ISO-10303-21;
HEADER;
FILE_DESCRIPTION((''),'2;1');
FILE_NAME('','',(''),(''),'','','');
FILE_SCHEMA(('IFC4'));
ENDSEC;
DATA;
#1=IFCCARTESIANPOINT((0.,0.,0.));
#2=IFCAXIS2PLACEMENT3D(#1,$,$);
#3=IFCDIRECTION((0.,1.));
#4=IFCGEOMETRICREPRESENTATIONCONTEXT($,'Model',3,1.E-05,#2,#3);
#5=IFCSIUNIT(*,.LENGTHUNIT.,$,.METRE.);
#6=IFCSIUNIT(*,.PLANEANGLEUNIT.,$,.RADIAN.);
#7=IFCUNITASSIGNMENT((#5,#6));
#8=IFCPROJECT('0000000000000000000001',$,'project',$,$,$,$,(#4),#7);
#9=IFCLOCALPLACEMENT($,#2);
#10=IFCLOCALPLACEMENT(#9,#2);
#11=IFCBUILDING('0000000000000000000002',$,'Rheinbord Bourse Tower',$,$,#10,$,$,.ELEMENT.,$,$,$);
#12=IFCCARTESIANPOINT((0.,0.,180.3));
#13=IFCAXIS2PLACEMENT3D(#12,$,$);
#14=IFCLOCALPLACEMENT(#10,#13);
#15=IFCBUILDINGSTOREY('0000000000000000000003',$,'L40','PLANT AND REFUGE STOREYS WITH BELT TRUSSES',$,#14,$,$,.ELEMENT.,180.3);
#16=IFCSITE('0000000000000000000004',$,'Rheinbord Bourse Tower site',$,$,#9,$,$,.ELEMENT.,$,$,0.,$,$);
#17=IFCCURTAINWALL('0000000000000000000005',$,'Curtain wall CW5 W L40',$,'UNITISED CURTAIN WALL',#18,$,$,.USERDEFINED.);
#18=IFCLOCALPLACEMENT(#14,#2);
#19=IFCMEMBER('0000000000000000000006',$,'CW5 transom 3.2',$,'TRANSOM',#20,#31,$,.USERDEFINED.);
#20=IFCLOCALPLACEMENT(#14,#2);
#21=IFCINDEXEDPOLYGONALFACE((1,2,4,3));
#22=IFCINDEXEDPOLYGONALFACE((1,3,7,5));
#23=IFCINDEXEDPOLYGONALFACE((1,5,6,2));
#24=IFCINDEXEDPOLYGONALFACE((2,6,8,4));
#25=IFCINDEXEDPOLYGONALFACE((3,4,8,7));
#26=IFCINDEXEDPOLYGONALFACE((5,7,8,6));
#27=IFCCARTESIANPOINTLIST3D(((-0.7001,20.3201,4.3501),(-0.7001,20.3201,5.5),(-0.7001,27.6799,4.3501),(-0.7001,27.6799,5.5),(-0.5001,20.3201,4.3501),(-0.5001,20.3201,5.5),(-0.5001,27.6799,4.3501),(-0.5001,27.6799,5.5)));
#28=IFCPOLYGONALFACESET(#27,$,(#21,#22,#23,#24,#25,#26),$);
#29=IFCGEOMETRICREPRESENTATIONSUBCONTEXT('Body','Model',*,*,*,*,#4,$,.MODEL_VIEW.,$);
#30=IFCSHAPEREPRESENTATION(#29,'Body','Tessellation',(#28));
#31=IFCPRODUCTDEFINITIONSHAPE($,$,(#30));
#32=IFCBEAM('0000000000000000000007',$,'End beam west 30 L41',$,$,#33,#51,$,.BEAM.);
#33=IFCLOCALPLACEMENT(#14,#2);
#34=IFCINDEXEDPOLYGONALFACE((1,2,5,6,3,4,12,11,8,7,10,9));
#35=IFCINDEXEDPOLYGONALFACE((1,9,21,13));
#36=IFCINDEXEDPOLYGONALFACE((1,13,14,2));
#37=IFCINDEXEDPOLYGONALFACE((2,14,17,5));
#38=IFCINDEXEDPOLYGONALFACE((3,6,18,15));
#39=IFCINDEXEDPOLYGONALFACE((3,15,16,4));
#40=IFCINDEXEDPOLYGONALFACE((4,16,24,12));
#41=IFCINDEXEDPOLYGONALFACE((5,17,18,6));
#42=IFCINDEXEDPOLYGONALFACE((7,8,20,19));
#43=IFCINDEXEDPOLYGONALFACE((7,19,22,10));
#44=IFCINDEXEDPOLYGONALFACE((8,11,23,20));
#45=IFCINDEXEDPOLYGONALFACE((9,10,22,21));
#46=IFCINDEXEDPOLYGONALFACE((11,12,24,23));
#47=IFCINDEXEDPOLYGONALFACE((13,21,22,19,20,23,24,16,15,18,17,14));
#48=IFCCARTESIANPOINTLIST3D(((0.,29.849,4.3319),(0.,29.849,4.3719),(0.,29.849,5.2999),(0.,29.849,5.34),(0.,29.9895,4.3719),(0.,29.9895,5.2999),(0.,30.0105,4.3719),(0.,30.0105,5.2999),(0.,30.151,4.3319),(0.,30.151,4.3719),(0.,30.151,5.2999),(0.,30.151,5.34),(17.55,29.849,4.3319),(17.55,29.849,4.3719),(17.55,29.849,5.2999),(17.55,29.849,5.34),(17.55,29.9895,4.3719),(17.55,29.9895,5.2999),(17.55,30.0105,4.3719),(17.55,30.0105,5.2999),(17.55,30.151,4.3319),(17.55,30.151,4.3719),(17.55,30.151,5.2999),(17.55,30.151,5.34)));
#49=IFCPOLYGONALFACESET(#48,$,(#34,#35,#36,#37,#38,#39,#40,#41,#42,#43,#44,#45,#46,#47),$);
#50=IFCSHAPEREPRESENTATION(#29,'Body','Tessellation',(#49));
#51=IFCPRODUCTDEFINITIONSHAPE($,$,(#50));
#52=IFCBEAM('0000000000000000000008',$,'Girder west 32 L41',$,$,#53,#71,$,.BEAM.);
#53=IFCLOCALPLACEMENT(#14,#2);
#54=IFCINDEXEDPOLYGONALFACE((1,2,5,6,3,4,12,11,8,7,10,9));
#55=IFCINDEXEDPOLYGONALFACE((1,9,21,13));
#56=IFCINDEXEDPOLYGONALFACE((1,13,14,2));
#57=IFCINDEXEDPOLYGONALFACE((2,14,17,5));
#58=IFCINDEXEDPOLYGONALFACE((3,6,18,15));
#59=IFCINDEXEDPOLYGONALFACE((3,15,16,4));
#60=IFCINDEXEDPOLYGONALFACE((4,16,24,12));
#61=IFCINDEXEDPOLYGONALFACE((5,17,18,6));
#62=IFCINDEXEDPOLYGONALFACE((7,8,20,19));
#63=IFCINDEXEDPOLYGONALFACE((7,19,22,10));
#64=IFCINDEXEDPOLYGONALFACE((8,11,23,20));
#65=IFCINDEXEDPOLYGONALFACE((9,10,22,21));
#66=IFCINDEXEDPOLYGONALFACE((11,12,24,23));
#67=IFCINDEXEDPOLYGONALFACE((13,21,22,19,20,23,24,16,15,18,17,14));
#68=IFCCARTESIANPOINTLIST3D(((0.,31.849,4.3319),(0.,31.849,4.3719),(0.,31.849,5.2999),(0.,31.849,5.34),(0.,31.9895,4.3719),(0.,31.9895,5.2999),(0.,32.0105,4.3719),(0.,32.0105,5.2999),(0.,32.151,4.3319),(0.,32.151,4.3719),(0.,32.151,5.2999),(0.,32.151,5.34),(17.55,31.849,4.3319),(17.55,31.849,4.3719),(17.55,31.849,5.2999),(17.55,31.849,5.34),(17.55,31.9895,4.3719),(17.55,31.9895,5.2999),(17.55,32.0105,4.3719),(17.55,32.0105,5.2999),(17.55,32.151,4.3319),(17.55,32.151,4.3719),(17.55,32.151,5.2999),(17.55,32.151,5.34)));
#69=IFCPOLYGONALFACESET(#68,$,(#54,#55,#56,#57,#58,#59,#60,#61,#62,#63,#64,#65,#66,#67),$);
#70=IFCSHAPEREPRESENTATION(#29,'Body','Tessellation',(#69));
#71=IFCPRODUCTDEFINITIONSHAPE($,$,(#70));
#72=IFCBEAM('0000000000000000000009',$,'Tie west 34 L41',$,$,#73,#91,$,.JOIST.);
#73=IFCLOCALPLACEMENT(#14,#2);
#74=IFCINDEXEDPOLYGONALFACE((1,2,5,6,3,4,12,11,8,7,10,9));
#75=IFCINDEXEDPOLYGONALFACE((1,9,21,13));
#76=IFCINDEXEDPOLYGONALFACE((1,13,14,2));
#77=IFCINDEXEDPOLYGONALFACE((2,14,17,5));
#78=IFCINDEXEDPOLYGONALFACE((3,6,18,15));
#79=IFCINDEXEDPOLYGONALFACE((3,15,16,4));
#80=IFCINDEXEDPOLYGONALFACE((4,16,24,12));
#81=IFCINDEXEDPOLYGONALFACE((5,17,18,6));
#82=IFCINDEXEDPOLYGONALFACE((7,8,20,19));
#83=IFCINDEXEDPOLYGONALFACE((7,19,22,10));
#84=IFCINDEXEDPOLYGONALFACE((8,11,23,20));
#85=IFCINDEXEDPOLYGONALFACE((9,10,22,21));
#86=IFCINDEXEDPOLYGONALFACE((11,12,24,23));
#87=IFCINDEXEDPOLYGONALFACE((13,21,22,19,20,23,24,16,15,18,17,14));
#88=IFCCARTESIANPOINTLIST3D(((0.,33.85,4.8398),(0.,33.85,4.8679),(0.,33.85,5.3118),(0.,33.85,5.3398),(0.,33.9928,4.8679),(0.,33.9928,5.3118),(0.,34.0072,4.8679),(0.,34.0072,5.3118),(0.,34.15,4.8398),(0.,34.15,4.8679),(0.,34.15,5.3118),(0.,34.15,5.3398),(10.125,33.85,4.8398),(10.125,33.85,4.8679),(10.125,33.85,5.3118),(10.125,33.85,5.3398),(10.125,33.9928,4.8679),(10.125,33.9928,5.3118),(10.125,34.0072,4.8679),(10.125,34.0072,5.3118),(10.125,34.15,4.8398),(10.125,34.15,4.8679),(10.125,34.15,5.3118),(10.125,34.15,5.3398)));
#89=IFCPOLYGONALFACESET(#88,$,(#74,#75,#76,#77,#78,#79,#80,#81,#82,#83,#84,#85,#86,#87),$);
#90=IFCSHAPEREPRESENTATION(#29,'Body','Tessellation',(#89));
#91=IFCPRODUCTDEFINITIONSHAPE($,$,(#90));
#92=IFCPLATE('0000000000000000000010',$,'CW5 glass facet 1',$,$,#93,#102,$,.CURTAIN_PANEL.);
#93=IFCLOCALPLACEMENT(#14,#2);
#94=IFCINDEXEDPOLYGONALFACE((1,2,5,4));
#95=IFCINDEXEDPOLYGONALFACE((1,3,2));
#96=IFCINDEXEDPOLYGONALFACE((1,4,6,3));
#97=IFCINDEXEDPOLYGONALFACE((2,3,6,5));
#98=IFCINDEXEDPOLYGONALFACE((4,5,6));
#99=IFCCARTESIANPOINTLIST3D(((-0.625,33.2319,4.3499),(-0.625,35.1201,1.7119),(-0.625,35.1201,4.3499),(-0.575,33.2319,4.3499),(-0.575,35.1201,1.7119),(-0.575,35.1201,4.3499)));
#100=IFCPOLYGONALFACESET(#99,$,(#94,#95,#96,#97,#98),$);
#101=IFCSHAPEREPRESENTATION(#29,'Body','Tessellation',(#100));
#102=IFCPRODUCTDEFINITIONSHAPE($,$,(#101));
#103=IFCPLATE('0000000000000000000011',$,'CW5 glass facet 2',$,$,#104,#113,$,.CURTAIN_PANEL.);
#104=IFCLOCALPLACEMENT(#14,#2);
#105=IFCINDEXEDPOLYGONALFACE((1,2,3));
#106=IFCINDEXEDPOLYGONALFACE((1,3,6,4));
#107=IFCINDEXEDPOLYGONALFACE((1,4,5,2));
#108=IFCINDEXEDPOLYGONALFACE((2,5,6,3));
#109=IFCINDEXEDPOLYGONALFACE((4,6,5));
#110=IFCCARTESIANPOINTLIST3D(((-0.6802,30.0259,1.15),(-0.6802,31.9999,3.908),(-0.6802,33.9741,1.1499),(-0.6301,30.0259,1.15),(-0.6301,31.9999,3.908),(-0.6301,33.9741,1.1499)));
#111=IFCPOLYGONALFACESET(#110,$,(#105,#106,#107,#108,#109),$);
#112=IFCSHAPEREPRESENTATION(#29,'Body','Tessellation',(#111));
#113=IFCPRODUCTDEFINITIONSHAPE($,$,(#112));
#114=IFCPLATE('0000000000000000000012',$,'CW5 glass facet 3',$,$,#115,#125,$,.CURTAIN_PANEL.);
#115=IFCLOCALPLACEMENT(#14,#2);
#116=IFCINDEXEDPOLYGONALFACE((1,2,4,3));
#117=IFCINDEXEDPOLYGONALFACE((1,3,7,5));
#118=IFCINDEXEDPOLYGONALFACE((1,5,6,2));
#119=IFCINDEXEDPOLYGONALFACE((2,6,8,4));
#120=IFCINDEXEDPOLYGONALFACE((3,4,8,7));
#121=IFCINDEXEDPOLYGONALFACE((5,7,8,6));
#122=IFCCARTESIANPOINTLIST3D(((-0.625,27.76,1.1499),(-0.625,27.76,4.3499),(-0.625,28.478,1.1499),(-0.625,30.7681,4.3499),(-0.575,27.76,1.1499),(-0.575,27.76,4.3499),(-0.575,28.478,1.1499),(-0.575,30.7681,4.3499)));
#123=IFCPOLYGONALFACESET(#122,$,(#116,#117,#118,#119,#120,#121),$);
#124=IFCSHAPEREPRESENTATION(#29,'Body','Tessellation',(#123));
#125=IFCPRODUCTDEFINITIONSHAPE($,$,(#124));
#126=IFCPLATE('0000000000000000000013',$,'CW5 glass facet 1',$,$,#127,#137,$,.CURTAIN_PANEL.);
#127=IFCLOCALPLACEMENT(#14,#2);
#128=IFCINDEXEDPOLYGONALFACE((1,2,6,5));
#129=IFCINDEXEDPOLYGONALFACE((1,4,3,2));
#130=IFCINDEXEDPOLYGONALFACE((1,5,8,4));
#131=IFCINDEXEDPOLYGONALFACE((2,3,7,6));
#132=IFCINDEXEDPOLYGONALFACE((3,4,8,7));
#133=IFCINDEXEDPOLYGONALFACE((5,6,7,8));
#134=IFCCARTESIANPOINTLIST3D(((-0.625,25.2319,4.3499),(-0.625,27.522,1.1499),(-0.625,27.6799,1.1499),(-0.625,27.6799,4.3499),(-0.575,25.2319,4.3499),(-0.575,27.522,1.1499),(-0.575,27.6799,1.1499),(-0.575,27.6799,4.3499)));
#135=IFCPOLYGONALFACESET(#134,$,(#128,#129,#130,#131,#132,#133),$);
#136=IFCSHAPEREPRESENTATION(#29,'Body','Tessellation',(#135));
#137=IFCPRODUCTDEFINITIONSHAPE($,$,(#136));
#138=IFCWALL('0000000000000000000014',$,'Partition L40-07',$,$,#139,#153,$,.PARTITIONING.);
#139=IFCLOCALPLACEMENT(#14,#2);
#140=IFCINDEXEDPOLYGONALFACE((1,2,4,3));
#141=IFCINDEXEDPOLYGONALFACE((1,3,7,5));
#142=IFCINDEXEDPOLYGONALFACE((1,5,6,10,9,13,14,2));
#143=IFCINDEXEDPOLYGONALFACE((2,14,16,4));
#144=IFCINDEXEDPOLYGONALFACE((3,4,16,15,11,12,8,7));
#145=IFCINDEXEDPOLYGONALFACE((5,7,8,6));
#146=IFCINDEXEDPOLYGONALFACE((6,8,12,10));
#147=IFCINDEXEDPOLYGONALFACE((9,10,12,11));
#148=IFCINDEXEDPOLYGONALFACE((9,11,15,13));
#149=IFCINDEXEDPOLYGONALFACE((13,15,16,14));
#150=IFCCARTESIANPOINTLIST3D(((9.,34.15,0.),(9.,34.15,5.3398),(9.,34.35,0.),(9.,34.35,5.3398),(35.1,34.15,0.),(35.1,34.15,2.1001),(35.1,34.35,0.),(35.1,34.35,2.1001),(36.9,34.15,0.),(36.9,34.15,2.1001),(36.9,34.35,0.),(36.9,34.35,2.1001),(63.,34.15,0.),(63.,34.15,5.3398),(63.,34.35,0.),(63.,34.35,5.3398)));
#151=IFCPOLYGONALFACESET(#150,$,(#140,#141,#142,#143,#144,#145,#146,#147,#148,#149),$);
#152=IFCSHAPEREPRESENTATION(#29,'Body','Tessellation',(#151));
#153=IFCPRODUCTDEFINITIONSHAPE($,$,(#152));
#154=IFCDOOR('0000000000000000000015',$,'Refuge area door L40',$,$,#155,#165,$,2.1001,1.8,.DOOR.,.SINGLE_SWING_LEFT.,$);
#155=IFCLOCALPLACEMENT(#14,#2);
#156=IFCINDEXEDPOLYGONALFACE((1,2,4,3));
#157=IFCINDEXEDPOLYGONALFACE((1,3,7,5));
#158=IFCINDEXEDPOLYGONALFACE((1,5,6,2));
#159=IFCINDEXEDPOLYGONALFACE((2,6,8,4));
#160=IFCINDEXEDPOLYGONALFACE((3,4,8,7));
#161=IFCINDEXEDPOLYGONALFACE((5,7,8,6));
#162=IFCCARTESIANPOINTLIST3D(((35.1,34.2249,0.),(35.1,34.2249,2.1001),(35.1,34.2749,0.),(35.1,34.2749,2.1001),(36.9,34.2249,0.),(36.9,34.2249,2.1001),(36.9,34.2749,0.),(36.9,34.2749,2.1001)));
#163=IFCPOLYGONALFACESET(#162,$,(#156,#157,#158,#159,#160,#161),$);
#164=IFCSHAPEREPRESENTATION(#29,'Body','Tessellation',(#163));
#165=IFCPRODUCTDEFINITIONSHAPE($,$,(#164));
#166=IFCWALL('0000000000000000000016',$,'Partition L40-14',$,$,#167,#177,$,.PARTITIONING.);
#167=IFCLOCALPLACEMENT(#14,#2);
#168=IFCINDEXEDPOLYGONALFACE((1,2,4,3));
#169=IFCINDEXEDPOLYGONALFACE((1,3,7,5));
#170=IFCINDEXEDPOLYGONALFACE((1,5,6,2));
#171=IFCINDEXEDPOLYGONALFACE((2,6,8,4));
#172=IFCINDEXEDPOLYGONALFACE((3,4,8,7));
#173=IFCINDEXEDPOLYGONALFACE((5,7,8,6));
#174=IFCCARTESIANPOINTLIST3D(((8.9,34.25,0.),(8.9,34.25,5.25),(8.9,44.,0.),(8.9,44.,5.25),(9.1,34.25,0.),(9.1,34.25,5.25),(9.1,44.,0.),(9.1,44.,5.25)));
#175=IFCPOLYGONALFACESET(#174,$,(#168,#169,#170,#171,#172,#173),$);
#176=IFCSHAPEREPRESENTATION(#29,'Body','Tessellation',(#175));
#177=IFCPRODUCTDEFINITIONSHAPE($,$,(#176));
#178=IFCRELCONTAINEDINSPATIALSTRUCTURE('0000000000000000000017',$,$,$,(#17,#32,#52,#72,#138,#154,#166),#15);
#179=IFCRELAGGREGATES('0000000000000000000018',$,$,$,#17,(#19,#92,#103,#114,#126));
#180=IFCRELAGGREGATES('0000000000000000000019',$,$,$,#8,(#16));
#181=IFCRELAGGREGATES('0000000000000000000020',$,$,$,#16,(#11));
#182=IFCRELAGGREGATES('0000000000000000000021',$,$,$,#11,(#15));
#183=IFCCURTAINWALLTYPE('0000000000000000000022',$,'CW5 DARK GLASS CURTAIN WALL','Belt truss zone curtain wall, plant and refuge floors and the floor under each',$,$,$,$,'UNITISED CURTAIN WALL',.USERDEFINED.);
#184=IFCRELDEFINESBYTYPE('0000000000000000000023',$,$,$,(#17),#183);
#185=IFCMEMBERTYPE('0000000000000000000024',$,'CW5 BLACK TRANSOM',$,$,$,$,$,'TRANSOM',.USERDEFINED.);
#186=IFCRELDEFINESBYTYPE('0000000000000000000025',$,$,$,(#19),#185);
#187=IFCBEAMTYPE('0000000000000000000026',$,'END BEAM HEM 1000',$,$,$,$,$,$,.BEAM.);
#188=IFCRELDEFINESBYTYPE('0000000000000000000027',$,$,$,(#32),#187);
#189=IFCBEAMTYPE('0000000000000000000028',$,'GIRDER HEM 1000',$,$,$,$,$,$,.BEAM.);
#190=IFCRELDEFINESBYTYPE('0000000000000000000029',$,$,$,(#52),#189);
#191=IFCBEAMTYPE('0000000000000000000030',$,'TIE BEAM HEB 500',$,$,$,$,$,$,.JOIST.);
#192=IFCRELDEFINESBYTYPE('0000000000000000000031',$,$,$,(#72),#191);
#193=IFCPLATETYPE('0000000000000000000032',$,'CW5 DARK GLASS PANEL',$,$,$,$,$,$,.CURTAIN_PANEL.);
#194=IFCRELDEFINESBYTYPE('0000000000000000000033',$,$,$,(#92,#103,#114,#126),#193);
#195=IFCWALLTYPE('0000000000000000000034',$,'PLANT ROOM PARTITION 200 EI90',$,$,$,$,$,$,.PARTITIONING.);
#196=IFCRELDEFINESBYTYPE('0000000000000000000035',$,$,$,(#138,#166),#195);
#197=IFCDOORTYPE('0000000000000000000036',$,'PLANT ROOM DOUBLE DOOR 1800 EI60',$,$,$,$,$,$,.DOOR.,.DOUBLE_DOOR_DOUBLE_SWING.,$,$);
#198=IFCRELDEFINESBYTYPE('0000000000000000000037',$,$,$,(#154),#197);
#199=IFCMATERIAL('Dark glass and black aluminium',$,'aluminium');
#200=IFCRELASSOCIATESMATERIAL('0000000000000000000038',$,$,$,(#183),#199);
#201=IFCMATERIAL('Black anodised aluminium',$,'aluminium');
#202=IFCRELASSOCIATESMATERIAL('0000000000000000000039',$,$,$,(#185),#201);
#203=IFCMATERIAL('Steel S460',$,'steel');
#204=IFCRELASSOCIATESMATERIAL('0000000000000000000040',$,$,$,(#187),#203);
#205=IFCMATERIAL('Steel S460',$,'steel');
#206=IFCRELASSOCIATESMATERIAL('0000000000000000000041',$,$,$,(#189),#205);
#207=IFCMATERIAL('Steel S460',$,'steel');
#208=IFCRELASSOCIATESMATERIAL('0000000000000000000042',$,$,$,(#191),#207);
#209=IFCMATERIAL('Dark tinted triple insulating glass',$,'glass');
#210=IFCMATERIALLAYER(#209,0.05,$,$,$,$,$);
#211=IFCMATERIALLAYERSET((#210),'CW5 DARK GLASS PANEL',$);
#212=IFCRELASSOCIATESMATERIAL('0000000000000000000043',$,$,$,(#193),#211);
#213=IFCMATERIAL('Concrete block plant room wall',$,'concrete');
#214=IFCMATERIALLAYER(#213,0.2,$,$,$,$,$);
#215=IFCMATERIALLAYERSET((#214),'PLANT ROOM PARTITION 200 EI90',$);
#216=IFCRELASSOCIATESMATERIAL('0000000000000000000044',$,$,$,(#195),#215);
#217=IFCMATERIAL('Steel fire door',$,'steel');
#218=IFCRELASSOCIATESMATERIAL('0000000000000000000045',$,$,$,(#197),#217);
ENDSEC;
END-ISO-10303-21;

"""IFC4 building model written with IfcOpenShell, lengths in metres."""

from ifc_helpers import new_model, si_unit, direction, frame, frame_2d, origin, origin_2d, place, context, subcontext, project, spatial, polyline, rectangle, i_section, outline, extrude, material, layer, layer_set, material_profile, profile_set, type_object, element, fill, aggregate, save


model = new_model("IFC4")

# Units and contexts
model_context = context("Model", 3, precision=1e-05, world=origin(), true_north=direction((0.0, 1.0)))
body_context = subcontext(model_context, "Body", "Model", "MODEL_VIEW")
ifc_project = project(units=[si_unit("LENGTHUNIT", "METRE"), si_unit("PLANEANGLEUNIT", "RADIAN")], contexts=[model_context])

# Site, building, storey
site_placement = place(None, origin())
site = spatial("IfcSite", under=ifc_project, at=site_placement, Name="Rheinbord Bourse Tower site", CompositionType="ELEMENT", RefElevation=0.0)
building_placement = place(site_placement, origin())
building = spatial("IfcBuilding", under=site, at=building_placement, Name="Rheinbord Bourse Tower", CompositionType="ELEMENT")
storey_placement = place(building_placement, frame((0.0, 0.0, 180.3)))
storey = spatial("IfcBuildingStorey", under=building, at=storey_placement, Name="L40", Description="PLANT AND REFUGE STOREYS WITH BELT TRUSSES", CompositionType="ELEMENT", Elevation=180.3)

# Curtain wall, member
ifc_material_1 = material(Name="Dark glass and black aluminium", Category="aluminium")
curtain_wall_type = type_object("IfcCurtainWallType", Name="CW5 DARK GLASS CURTAIN WALL", Description="Belt truss zone curtain wall, plant and refuge floors and the floor under each", ElementType="UNITISED CURTAIN WALL", PredefinedType="USERDEFINED", material=ifc_material_1)
curtain_wall_placement = place(storey_placement, origin())
curtain_wall = element("IfcCurtainWall", 1, at=curtain_wall_placement, inside=storey, type_object=curtain_wall_type, Name="Curtain wall CW5 W L40", ObjectType="UNITISED CURTAIN WALL", PredefinedType="USERDEFINED")
ifc_material_2 = material(Name="Black anodised aluminium", Category="aluminium")
ifc_material_profile_1 = material_profile(ifc_material_2, rectangle(XDim=0.2, YDim=1.1499, at=origin_2d()), Name="CW5 TRANSOM 1150x200")
ifc_profile_set_1 = profile_set([ifc_material_profile_1], Name="Black anodised aluminium")
member_type_1 = type_object("IfcMemberType", Name="CW5 BLACK TRANSOM", ElementType="TRANSOM", PredefinedType="USERDEFINED", material=ifc_profile_set_1)
member_1_placement = place(storey_placement, frame((-0.6001, 27.6799, 4.925), z_axis=(0.0, -1.0, 0.0), x_axis=(1.0, 0.0, 0.0)))
member_1 = element("IfcMember", 2, at=member_1_placement, type_object=member_type_1, Name="CW5 transom 3.2", ObjectType="TRANSOM", PredefinedType="USERDEFINED", context=body_context, shape_type="SweptSolid", body=[
    extrude(rectangle(XDim=0.2, YDim=1.1499, at=origin_2d()), origin(), (0.0, 0.0, 1.0), 7.3599),
])

# Beams
ifc_material_3 = material(Name="Steel S460", Category="steel")
ifc_material_profile_2 = material_profile(ifc_material_3, i_section(OverallWidth=0.302, OverallDepth=1.0081, WebThickness=0.021, FlangeThickness=0.04, at=origin_2d()), Name="HEM 1000")
ifc_profile_set_2 = profile_set([ifc_material_profile_2], Name="Steel S460")
beam_type_1 = type_object("IfcBeamType", Name="END BEAM HEM 1000", PredefinedType="BEAM", material=ifc_profile_set_2)
beam_1_placement = place(storey_placement, frame((0.0, 30.0, 4.8359), z_axis=(1.0, 0.0, 0.0), x_axis=(0.0, 1.0, 0.0)))
element("IfcBeam", 3, at=beam_1_placement, inside=storey, type_object=beam_type_1, Name="End beam west 30 L41", PredefinedType="BEAM", context=body_context, shape_type="SweptSolid", body=[
    extrude(i_section(OverallWidth=0.302, OverallDepth=1.0081, WebThickness=0.021, FlangeThickness=0.04, at=origin_2d()), origin(), (0.0, 0.0, 1.0), 17.55),
])
ifc_material_4 = material(Name="Steel S460", Category="steel")
ifc_material_profile_3 = material_profile(ifc_material_4, i_section(OverallWidth=0.302, OverallDepth=1.0081, WebThickness=0.021, FlangeThickness=0.04, at=origin_2d()), Name="HEM 1000")
ifc_profile_set_3 = profile_set([ifc_material_profile_3], Name="Steel S460")
beam_type_2 = type_object("IfcBeamType", Name="GIRDER HEM 1000", PredefinedType="BEAM", material=ifc_profile_set_3)
beam_2_placement = place(storey_placement, frame((0.0, 32.0, 4.8359), z_axis=(1.0, 0.0, 0.0), x_axis=(0.0, 1.0, 0.0)))
element("IfcBeam", 4, at=beam_2_placement, inside=storey, type_object=beam_type_2, Name="Girder west 32 L41", PredefinedType="BEAM", context=body_context, shape_type="SweptSolid", body=[
    extrude(i_section(OverallWidth=0.302, OverallDepth=1.0081, WebThickness=0.021, FlangeThickness=0.04, at=origin_2d()), origin(), (0.0, 0.0, 1.0), 17.55),
])
ifc_material_5 = material(Name="Steel S460", Category="steel")
ifc_material_profile_4 = material_profile(ifc_material_5, i_section(OverallWidth=0.3, OverallDepth=0.5, WebThickness=0.0144, FlangeThickness=0.0281, at=origin_2d()), Name="HEB 500")
ifc_profile_set_4 = profile_set([ifc_material_profile_4], Name="Steel S460")
beam_type_3 = type_object("IfcBeamType", Name="TIE BEAM HEB 500", PredefinedType="JOIST", material=ifc_profile_set_4)
beam_3_placement = place(storey_placement, frame((0.0, 34.0, 5.0898), z_axis=(1.0, 0.0, 0.0), x_axis=(0.0, 1.0, 0.0)))
element("IfcBeam", 5, at=beam_3_placement, inside=storey, type_object=beam_type_3, Name="Tie west 34 L41", PredefinedType="JOIST", context=body_context, shape_type="SweptSolid", body=[
    extrude(i_section(OverallWidth=0.3, OverallDepth=0.5, WebThickness=0.0144, FlangeThickness=0.0281, at=origin_2d()), origin(), (0.0, 0.0, 1.0), 10.125),
])

# Plates
ifc_material_6 = material(Name="Dark tinted triple insulating glass", Category="glass")
ifc_layer_1 = layer(ifc_material_6, 0.05)
ifc_layer_set_1 = layer_set([ifc_layer_1], Name="CW5 DARK GLASS PANEL")
plate_type = type_object("IfcPlateType", Name="CW5 DARK GLASS PANEL", PredefinedType="CURTAIN_PANEL", material=ifc_layer_set_1)
plate_1_placement = place(storey_placement, frame((-0.625, 35.1201, 4.3499), z_axis=(1.0, 0.0, 0.0), x_axis=(0.0, -1.0, 0.0)))
plate_1 = element("IfcPlate", 6, at=plate_1_placement, type_object=plate_type, Name="CW5 glass facet 1", PredefinedType="CURTAIN_PANEL", context=body_context, shape_type="SweptSolid", body=[
    extrude(outline(polyline([(0.0, 0.0), (1.8882, 0.0), (0.0, 2.6379), (0.0, 0.0)])), origin(), (0.0, 0.0, 1.0), 0.05),
])
plate_2_placement = place(storey_placement, frame((-0.6802, 33.9741, 1.1499), z_axis=(1.0, 0.0, 0.0), x_axis=(0.0, -0.582035, 0.813164)))
plate_2 = element("IfcPlate", 7, at=plate_2_placement, type_object=plate_type, Name="CW5 glass facet 2", PredefinedType="CURTAIN_PANEL", context=body_context, shape_type="SweptSolid", body=[
    extrude(outline(polyline([(0.0, 0.0), (3.3918, 0.0), (2.2981, 3.2104), (0.0, 0.0)])), origin(), (0.0, 0.0, 1.0), 0.05),
])
plate_3_placement = place(storey_placement, frame((-0.625, 27.76, 4.3499), z_axis=(1.0, 0.0, 0.0), x_axis=(0.0, 0.0, -1.0)))
plate_3 = element("IfcPlate", 8, at=plate_3_placement, type_object=plate_type, Name="CW5 glass facet 3", PredefinedType="CURTAIN_PANEL", context=body_context, shape_type="SweptSolid", body=[
    extrude(outline(polyline([(0.0, 0.0), (3.2, 0.0), (3.2, 0.718), (0.0, 3.0081), (0.0, 0.0)])), origin(), (0.0, 0.0, 1.0), 0.05),
])
plate_4_placement = place(storey_placement, frame((-0.625, 27.6799, 1.1499), z_axis=(1.0, 0.0, 0.0), x_axis=(0.0, 0.0, 1.0)))
plate_4 = element("IfcPlate", 9, at=plate_4_placement, type_object=plate_type, Name="CW5 glass facet 1", PredefinedType="CURTAIN_PANEL", context=body_context, shape_type="SweptSolid", body=[
    extrude(outline(polyline([(0.0, 0.0), (3.2, 0.0), (3.2, 2.448), (0.0, 0.158), (0.0, 0.0)])), origin(), (0.0, 0.0, 1.0), 0.05),
])
aggregate(curtain_wall, [member_1, plate_1, plate_2, plate_3, plate_4])

# Wall, opening, door
ifc_material_7 = material(Name="Concrete block plant room wall", Category="concrete")
ifc_layer_2 = layer(ifc_material_7, 0.2)
ifc_layer_set_2 = layer_set([ifc_layer_2], Name="PLANT ROOM PARTITION 200 EI90")
wall_type = type_object("IfcWallType", Name="PLANT ROOM PARTITION 200 EI90", PredefinedType="PARTITIONING", material=ifc_layer_set_2)
wall_1_placement = place(storey_placement, frame((9.0, 34.25, 0.0), z_axis=(0.0, 0.0, 1.0), x_axis=(1.0, 0.0, 0.0)))
wall_1 = element("IfcWall", 10, at=wall_1_placement, inside=storey, type_object=wall_type, Name="Partition L40-07", PredefinedType="PARTITIONING", context=body_context, shape_type="SweptSolid", body=[
    extrude(rectangle(XDim=54.0, YDim=0.2, at=frame_2d((27.0, 0.0))), origin(), (0.0, 0.0, 1.0), 5.3398),
])
opening_placement = place(wall_1_placement, frame((26.1001, 0.0, 0.0)))
opening = element("IfcOpeningElement", 11, at=opening_placement, cuts=wall_1, PredefinedType="OPENING", context=body_context, shape_type="SweptSolid", body=[
    extrude(rectangle(XDim=1.8, YDim=2.1001, at=frame_2d((0.8999, 1.05))), frame((0.0, 0.1099, 0.0), z_axis=(0.0, -1.0, 0.0), x_axis=(1.0, 0.0, 0.0)), (0.0, 0.0, 1.0), 0.22),
])
ifc_material_8 = material(Name="Steel fire door", Category="steel")
door_type = type_object("IfcDoorType", Name="PLANT ROOM DOUBLE DOOR 1800 EI60", OperationType="DOUBLE_DOOR_DOUBLE_SWING", PredefinedType="DOOR", material=ifc_material_8)
door_placement = place(opening_placement, origin())
door = element("IfcDoor", 12, at=door_placement, inside=storey, type_object=door_type, Name="Refuge area door L40", OperationType="SINGLE_SWING_LEFT", OverallHeight=2.1001, OverallWidth=1.8, PredefinedType="DOOR", context=body_context, shape_type="SweptSolid", body=[
    extrude(rectangle(XDim=1.8, YDim=2.1001, at=frame_2d((0.8999, 1.05))), frame((0.0, 0.0249, 0.0), z_axis=(0.0, -1.0, 0.0), x_axis=(1.0, 0.0, 0.0)), (0.0, 0.0, 1.0), 0.05),
])
fill(opening, door)

# Wall
wall_2_placement = place(storey_placement, frame((9.0, 34.25, 0.0), z_axis=(0.0, 0.0, 1.0), x_axis=(0.0, 1.0, 0.0)))
element("IfcWall", 13, at=wall_2_placement, inside=storey, type_object=wall_type, Name="Partition L40-14", PredefinedType="PARTITIONING", context=body_context, shape_type="SweptSolid", body=[
    extrude(rectangle(XDim=9.75, YDim=0.2, at=frame_2d((4.875, 0.0))), origin(), (0.0, 0.0, 1.0), 5.25),
])

save(model, "model.ifc")
